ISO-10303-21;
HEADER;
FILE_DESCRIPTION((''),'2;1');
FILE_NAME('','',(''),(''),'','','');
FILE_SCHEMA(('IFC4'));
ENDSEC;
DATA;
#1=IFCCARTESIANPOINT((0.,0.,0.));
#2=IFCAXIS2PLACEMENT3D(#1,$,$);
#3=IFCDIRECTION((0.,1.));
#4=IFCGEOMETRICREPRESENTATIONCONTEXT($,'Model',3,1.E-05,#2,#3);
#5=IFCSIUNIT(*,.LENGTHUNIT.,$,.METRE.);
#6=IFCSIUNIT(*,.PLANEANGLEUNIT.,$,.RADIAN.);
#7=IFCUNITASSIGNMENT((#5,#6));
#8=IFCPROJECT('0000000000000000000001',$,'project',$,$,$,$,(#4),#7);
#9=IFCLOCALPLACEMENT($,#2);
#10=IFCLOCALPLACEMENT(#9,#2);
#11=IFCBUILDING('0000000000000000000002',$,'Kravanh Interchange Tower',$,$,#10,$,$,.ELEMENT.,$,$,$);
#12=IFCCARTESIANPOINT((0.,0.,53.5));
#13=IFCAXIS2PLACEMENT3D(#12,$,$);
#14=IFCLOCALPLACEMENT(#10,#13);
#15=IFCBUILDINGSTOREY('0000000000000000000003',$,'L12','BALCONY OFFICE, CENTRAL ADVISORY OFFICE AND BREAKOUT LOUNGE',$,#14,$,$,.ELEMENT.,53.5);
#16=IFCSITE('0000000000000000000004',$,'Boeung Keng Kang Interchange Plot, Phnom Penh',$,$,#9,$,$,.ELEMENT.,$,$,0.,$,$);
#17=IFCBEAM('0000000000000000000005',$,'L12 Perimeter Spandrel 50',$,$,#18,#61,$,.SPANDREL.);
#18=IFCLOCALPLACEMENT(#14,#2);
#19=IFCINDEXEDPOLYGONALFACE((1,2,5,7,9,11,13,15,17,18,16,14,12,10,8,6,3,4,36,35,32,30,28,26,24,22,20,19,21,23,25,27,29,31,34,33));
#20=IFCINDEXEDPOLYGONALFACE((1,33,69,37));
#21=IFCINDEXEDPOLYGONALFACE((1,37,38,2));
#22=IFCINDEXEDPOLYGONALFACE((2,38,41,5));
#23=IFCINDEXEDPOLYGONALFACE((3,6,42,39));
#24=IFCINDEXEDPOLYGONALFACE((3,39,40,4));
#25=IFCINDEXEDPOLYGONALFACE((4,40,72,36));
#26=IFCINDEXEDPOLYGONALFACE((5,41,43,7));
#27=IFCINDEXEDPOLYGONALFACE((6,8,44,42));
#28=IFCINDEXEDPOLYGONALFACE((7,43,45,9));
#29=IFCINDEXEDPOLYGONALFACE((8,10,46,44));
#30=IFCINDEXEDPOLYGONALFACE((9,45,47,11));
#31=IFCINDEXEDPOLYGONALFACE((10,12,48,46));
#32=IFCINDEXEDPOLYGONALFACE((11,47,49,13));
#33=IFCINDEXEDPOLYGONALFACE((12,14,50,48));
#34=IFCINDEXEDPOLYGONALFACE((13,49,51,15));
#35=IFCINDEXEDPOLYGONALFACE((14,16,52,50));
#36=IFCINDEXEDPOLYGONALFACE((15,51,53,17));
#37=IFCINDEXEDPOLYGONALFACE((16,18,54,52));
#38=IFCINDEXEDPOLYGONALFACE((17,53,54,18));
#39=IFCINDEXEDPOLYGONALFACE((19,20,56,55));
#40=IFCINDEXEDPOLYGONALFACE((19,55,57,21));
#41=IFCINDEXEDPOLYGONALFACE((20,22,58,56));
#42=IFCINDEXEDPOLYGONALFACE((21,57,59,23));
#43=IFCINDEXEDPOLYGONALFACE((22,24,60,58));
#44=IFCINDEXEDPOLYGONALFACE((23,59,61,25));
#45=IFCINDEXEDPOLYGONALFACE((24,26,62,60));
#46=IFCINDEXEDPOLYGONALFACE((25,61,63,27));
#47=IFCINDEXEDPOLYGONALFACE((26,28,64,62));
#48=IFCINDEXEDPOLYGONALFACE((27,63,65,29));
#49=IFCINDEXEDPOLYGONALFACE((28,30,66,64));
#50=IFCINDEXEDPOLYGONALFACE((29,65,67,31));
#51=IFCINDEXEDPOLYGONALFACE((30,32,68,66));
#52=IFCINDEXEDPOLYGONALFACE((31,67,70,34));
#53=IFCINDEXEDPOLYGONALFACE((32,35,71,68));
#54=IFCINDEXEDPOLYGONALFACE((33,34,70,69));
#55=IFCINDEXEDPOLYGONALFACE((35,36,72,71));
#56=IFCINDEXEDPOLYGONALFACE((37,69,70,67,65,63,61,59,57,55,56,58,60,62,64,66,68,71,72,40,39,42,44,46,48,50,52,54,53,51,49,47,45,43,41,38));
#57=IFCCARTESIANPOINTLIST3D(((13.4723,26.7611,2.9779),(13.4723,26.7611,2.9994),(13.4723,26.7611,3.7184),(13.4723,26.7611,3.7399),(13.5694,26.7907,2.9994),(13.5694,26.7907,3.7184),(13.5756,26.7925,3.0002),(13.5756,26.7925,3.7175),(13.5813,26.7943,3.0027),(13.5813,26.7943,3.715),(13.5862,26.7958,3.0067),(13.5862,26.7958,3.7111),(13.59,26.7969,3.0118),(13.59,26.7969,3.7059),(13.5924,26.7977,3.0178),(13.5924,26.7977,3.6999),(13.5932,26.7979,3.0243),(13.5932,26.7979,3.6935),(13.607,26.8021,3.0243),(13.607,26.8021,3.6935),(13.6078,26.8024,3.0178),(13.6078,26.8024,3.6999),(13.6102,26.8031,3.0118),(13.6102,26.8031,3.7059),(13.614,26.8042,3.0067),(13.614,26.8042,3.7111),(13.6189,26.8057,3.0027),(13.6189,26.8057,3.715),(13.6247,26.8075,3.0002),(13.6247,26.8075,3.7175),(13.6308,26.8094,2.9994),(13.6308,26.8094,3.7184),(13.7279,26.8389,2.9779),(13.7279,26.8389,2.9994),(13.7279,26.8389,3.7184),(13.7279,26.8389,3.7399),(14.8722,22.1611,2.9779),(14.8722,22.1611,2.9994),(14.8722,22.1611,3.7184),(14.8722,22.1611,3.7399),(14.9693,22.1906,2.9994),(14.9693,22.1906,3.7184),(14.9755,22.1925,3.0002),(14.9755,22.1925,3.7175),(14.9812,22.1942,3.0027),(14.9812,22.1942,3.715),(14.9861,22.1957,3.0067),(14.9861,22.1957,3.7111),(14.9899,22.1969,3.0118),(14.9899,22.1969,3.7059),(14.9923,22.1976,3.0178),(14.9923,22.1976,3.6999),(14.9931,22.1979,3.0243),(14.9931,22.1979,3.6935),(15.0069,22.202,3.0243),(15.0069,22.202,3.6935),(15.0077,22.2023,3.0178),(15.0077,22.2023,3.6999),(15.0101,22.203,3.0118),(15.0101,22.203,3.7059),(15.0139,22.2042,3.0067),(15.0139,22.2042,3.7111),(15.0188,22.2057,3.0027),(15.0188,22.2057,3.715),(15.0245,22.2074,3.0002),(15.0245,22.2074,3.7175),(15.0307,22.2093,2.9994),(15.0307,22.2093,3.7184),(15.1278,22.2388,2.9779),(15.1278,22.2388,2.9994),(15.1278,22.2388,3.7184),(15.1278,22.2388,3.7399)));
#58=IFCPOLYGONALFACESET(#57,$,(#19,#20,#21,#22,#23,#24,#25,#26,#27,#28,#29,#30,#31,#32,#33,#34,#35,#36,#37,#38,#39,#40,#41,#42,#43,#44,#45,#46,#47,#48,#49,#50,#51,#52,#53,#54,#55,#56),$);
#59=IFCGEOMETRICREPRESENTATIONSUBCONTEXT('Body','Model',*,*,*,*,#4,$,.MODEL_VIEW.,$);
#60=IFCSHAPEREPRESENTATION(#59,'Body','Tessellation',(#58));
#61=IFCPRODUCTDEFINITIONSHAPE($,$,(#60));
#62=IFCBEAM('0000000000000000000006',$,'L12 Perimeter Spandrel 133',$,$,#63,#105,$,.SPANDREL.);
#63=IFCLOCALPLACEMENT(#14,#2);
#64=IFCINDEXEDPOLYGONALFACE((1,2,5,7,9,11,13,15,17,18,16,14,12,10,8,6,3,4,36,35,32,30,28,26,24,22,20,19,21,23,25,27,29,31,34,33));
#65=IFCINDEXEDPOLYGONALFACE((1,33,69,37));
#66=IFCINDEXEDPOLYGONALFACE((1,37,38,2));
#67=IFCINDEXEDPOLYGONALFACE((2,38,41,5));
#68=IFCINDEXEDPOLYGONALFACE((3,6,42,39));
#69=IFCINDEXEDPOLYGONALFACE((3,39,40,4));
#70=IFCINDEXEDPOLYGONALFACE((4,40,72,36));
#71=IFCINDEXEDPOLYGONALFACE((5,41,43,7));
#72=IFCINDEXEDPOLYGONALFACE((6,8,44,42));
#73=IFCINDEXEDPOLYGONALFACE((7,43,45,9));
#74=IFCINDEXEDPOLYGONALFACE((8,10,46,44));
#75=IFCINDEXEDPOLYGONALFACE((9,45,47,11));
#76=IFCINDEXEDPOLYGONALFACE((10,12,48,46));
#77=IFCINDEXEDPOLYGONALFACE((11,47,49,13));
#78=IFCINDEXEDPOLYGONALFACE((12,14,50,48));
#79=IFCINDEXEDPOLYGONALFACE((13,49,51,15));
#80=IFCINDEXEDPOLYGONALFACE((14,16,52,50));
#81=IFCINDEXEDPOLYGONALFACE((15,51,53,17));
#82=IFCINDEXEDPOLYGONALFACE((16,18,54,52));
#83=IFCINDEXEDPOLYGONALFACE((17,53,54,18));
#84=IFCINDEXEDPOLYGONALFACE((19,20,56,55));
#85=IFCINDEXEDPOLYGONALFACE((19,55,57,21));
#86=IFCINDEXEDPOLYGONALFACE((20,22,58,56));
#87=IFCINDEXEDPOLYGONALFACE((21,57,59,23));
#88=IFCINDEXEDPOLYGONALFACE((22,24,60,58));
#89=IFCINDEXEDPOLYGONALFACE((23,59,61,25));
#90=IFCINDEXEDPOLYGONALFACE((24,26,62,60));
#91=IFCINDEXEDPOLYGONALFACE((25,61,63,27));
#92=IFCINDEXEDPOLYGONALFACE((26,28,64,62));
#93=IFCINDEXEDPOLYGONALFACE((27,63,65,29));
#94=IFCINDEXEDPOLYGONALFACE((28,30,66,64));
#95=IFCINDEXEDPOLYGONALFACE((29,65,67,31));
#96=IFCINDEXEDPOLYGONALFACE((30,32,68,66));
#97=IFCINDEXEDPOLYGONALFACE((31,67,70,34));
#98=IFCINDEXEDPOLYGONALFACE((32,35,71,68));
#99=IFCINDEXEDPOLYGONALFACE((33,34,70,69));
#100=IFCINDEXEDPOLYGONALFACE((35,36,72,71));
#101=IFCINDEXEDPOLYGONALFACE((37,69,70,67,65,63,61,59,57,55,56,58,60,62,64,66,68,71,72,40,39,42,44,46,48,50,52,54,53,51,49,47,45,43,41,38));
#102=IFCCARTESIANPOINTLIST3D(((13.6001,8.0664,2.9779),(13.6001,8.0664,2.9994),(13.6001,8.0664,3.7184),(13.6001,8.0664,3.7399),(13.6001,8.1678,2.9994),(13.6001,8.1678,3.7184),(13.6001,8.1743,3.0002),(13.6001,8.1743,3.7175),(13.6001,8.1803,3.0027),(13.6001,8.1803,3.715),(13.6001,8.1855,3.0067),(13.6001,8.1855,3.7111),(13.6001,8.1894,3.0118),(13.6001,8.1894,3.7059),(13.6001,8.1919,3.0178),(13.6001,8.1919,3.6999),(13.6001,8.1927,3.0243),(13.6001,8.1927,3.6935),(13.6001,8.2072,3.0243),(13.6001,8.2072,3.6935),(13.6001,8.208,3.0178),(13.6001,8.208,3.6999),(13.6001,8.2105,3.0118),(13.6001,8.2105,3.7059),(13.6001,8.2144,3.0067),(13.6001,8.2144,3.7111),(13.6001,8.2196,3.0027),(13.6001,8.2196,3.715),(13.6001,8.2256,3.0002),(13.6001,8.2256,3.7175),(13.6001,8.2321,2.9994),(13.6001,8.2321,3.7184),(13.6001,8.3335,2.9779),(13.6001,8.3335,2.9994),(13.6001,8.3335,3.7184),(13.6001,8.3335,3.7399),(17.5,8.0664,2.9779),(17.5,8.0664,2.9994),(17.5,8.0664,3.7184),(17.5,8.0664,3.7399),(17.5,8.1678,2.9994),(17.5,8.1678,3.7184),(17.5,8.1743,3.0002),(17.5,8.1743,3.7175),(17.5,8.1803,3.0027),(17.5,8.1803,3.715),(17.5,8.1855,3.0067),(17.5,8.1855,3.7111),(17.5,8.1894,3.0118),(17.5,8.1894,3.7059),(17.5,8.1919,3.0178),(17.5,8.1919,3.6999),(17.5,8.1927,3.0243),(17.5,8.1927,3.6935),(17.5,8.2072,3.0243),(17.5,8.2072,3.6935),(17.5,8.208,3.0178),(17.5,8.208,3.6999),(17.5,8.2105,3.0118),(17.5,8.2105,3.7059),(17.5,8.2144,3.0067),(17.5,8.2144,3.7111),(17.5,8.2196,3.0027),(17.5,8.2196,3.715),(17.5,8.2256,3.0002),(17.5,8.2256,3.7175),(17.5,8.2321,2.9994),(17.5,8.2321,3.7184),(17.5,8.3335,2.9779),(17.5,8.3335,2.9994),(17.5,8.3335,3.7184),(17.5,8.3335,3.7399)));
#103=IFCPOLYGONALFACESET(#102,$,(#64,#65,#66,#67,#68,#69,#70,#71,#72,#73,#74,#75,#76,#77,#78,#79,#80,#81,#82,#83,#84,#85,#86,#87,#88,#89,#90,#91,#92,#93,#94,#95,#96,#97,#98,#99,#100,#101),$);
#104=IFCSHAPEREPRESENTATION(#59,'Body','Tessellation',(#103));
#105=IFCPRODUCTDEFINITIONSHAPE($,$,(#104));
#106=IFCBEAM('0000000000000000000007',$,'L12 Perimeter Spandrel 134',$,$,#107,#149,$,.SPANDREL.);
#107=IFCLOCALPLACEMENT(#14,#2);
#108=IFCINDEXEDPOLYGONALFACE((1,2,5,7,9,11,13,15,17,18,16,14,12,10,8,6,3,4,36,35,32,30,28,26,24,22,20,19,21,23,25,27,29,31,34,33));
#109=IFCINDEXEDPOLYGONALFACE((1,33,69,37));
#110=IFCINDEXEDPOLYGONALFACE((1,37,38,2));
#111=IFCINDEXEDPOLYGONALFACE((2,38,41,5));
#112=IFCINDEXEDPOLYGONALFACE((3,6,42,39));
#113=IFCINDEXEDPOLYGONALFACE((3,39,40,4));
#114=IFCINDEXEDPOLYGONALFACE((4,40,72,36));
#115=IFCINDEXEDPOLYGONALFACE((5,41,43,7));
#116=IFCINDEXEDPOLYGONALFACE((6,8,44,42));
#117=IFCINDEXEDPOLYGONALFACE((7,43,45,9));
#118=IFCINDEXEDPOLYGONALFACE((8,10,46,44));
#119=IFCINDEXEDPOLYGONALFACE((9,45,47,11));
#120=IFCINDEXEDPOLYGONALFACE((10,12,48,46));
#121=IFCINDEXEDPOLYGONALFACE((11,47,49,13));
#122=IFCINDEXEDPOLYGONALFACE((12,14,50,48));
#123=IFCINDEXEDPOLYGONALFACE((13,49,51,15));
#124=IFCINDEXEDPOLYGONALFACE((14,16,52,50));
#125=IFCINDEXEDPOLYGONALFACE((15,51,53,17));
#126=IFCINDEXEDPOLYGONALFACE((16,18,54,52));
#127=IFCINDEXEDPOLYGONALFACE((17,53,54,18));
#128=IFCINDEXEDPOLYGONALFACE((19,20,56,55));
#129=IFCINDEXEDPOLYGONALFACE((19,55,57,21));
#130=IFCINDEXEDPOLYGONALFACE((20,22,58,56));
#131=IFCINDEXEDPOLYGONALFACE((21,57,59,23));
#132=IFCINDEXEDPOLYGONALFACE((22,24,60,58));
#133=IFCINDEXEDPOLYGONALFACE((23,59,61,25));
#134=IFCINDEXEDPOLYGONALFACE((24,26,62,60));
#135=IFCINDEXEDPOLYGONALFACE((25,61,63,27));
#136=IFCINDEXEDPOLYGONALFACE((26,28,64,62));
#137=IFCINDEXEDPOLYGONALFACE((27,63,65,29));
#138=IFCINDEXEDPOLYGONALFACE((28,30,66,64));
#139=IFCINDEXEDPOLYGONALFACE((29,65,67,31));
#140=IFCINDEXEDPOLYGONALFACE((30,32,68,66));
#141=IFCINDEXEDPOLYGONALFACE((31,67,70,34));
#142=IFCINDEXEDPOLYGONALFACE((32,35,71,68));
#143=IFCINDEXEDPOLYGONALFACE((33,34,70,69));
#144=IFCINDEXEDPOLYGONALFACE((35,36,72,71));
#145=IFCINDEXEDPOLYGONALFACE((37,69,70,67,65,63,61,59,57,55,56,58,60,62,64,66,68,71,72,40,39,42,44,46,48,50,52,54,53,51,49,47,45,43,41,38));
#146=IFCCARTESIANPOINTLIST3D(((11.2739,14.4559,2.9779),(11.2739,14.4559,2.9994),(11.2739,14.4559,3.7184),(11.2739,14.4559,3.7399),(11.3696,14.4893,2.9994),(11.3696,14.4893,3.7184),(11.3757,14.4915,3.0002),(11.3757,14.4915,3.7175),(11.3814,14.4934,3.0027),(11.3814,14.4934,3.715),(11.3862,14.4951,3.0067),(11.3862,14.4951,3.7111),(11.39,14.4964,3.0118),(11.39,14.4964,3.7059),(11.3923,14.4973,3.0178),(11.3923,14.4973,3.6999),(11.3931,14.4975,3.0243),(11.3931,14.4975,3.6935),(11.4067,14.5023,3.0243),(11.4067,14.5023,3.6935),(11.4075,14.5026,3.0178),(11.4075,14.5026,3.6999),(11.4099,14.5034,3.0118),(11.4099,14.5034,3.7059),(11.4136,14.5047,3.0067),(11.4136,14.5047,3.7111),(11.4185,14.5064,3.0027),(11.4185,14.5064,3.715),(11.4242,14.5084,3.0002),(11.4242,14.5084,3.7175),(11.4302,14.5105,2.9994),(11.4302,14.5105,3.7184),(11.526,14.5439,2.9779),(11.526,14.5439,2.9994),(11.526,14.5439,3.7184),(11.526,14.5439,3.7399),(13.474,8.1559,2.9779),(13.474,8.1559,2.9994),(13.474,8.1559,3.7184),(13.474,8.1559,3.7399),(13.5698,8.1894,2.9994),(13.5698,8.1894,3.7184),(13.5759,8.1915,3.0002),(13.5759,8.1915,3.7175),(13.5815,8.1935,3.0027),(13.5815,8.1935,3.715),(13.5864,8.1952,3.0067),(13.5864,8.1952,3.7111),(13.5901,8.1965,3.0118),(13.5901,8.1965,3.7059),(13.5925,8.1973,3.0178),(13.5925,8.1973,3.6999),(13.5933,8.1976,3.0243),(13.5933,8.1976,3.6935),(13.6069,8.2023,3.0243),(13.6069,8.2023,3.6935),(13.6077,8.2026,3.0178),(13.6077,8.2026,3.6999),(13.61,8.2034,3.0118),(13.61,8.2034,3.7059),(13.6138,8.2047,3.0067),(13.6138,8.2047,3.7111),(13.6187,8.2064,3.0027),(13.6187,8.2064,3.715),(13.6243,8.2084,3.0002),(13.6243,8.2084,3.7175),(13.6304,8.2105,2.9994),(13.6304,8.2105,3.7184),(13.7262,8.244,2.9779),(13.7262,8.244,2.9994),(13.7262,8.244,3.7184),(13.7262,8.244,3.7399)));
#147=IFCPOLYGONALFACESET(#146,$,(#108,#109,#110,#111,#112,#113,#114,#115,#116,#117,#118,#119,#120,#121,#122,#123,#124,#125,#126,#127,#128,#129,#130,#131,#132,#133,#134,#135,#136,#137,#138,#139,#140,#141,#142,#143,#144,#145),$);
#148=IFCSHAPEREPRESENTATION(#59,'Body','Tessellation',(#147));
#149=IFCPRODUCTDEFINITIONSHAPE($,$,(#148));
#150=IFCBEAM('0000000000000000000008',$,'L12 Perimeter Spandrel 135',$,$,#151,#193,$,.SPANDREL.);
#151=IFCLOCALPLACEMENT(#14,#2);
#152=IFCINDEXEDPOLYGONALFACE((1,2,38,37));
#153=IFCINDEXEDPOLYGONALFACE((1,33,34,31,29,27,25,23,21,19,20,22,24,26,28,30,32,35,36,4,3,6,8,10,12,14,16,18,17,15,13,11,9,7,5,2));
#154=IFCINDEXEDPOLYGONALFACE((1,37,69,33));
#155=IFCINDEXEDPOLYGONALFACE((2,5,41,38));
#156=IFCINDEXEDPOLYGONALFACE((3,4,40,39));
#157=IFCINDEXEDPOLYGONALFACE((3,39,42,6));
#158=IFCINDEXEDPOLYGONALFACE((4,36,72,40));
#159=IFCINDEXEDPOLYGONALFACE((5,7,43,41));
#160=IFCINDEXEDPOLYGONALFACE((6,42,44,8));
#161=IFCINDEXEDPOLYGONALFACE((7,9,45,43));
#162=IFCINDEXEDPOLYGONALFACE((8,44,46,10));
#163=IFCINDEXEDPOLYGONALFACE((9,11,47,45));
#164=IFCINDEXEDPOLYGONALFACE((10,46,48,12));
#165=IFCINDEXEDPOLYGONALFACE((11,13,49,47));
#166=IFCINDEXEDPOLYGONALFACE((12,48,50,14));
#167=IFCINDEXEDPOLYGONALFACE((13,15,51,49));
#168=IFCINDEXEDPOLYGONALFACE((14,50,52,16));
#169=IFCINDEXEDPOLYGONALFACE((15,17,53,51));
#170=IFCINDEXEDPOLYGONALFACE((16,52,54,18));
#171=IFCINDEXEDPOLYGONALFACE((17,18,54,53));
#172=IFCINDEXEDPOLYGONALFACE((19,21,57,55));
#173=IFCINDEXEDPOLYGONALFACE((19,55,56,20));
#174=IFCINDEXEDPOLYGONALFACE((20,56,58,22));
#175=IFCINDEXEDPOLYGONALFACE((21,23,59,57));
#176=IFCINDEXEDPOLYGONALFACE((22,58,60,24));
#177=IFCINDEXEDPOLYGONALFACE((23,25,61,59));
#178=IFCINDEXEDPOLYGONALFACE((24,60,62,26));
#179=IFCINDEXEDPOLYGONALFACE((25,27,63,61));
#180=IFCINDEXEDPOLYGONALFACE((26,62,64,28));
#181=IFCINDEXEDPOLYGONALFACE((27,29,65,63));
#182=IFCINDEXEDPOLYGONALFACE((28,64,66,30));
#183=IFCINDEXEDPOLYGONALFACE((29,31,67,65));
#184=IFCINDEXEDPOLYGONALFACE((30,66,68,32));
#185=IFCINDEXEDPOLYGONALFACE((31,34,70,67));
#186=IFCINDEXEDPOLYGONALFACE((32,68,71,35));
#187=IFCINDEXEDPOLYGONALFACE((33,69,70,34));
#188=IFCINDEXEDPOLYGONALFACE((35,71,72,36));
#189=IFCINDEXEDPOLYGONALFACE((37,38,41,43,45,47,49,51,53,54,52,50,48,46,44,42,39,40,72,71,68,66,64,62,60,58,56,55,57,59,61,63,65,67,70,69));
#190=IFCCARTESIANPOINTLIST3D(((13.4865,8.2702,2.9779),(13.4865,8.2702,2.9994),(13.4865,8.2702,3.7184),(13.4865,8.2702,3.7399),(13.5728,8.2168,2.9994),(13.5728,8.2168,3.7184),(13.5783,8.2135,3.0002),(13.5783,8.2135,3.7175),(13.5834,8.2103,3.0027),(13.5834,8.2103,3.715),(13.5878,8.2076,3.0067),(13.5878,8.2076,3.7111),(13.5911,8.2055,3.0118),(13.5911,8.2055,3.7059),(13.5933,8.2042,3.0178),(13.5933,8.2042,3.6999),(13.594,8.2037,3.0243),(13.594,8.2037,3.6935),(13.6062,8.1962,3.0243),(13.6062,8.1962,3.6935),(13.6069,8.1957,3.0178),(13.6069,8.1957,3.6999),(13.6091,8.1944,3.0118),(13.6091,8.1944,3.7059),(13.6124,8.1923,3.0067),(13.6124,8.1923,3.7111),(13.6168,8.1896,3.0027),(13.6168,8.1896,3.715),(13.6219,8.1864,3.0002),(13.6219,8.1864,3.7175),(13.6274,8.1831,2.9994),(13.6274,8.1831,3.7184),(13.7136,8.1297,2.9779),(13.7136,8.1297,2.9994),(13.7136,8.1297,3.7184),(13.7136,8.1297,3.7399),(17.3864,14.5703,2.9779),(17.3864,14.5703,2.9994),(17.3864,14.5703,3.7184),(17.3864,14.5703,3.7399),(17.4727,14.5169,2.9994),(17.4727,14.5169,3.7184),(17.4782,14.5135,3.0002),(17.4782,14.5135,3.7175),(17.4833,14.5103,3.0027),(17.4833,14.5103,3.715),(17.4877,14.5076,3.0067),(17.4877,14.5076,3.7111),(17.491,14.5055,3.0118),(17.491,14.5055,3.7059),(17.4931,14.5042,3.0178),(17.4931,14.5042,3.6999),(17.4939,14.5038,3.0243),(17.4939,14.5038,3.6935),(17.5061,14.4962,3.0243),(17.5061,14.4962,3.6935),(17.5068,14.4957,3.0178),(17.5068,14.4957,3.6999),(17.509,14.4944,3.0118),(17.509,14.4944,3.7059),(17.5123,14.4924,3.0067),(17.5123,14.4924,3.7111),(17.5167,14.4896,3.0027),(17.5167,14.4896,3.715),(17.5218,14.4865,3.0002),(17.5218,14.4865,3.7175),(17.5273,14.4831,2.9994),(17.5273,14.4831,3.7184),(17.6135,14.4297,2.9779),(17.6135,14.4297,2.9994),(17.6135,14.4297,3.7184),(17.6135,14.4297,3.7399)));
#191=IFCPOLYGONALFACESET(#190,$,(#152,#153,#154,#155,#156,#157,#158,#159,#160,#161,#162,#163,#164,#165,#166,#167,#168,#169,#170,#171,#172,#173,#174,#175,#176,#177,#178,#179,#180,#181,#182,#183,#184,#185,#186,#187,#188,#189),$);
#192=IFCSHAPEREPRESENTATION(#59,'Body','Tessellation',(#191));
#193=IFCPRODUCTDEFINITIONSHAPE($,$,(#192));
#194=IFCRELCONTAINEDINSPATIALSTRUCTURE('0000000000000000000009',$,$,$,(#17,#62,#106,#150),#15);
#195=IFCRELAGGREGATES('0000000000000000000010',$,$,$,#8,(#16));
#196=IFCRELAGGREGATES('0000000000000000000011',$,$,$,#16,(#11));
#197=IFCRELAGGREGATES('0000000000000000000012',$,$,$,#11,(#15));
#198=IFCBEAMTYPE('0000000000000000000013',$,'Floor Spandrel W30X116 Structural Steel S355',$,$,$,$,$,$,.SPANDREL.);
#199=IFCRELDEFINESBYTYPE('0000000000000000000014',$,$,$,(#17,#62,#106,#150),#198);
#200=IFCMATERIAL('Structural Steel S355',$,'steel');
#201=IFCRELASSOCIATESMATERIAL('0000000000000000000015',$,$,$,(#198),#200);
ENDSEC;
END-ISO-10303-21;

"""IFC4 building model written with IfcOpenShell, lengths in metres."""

from ifc_helpers import new_model, si_unit, direction, frame, origin, origin_2d, place, context, subcontext, project, spatial, i_section, extrude, material, material_profile, profile_set, type_object, element, save


model = new_model("IFC4")

# Units and contexts
model_context = context("Model", 3, precision=1e-05, world=origin(), true_north=direction((0.0, 1.0)))
body_context = subcontext(model_context, "Body", "Model", "MODEL_VIEW")
ifc_project = project(units=[si_unit("LENGTHUNIT", "METRE"), si_unit("PLANEANGLEUNIT", "RADIAN")], contexts=[model_context])

# Site, building, storey
site_placement = place(None, origin())
site = spatial("IfcSite", under=ifc_project, at=site_placement, Name="Boeung Keng Kang Interchange Plot, Phnom Penh", CompositionType="ELEMENT", RefElevation=0.0)
building_placement = place(site_placement, origin())
building = spatial("IfcBuilding", under=site, at=building_placement, Name="Kravanh Interchange Tower", CompositionType="ELEMENT")
storey_placement = place(building_placement, frame((0.0, 0.0, 53.5)))
storey = spatial("IfcBuildingStorey", under=building, at=storey_placement, Name="L12", Description="BALCONY OFFICE, CENTRAL ADVISORY OFFICE AND BREAKOUT LOUNGE", CompositionType="ELEMENT", Elevation=53.5)

# Beams
ifc_material_1 = material(Name="Structural Steel S355", Category="steel")
ifc_material_profile_1 = material_profile(ifc_material_1, i_section(OverallWidth=0.2671, OverallDepth=0.762, WebThickness=0.0144, FlangeThickness=0.0215, FilletRadius=0.0249, at=origin_2d()), Name="W30X116")
ifc_profile_set_1 = profile_set([ifc_material_profile_1], Name="Structural Steel S355")
beam_type_1 = type_object("IfcBeamType", Name="Floor Spandrel W30X116 Structural Steel S355", PredefinedType="SPANDREL", material=ifc_profile_set_1)
beam_1_placement = place(storey_placement, frame((15.0, 22.2, 3.3589), z_axis=(-0.291137, 0.956681, 0.0), x_axis=(-0.956681, -0.291137, 0.0)))
element("IfcBeam", 1, at=beam_1_placement, inside=storey, type_object=beam_type_1, Name="L12 Perimeter Spandrel 50", PredefinedType="SPANDREL", context=body_context, shape_type="SweptSolid", body=[
    extrude(i_section(OverallWidth=0.2671, OverallDepth=0.762, WebThickness=0.0144, FlangeThickness=0.0215, FilletRadius=0.0249, at=origin_2d()), origin(), (0.0, 0.0, 1.0), 4.8083),
])
beam_2_placement = place(storey_placement, frame((13.6001, 8.2, 3.3589), z_axis=(1.0, 0.0, 0.0), x_axis=(0.0, 1.0, 0.0)))
element("IfcBeam", 2, at=beam_2_placement, inside=storey, type_object=beam_type_1, Name="L12 Perimeter Spandrel 133", PredefinedType="SPANDREL", context=body_context, shape_type="SweptSolid", body=[
    extrude(i_section(OverallWidth=0.2671, OverallDepth=0.762, WebThickness=0.0144, FlangeThickness=0.0215, FilletRadius=0.0249, at=origin_2d()), origin(), (0.0, 0.0, 1.0), 3.8999),
])
beam_3_placement = place(storey_placement, frame((13.6001, 8.2, 3.3589), z_axis=(-0.329707, 0.944083, 0.0), x_axis=(-0.944083, -0.329707, 0.0)))
element("IfcBeam", 3, at=beam_3_placement, inside=storey, type_object=beam_type_1, Name="L12 Perimeter Spandrel 134", PredefinedType="SPANDREL", context=body_context, shape_type="SweptSolid", body=[
    extrude(i_section(OverallWidth=0.2671, OverallDepth=0.762, WebThickness=0.0144, FlangeThickness=0.0215, FilletRadius=0.0249, at=origin_2d()), origin(), (0.0, 0.0, 1.0), 6.6731),
])
beam_4_placement = place(storey_placement, frame((13.6001, 8.2, 3.3589), z_axis=(0.526342, 0.850273, 0.0), x_axis=(-0.850273, 0.526342, 0.0)))
element("IfcBeam", 4, at=beam_4_placement, inside=storey, type_object=beam_type_1, Name="L12 Perimeter Spandrel 135", PredefinedType="SPANDREL", context=body_context, shape_type="SweptSolid", body=[
    extrude(i_section(OverallWidth=0.2671, OverallDepth=0.762, WebThickness=0.0144, FlangeThickness=0.0215, FilletRadius=0.0249, at=origin_2d()), origin(), (0.0, 0.0, 1.0), 7.4094),
])

save(model, "model.ifc")
